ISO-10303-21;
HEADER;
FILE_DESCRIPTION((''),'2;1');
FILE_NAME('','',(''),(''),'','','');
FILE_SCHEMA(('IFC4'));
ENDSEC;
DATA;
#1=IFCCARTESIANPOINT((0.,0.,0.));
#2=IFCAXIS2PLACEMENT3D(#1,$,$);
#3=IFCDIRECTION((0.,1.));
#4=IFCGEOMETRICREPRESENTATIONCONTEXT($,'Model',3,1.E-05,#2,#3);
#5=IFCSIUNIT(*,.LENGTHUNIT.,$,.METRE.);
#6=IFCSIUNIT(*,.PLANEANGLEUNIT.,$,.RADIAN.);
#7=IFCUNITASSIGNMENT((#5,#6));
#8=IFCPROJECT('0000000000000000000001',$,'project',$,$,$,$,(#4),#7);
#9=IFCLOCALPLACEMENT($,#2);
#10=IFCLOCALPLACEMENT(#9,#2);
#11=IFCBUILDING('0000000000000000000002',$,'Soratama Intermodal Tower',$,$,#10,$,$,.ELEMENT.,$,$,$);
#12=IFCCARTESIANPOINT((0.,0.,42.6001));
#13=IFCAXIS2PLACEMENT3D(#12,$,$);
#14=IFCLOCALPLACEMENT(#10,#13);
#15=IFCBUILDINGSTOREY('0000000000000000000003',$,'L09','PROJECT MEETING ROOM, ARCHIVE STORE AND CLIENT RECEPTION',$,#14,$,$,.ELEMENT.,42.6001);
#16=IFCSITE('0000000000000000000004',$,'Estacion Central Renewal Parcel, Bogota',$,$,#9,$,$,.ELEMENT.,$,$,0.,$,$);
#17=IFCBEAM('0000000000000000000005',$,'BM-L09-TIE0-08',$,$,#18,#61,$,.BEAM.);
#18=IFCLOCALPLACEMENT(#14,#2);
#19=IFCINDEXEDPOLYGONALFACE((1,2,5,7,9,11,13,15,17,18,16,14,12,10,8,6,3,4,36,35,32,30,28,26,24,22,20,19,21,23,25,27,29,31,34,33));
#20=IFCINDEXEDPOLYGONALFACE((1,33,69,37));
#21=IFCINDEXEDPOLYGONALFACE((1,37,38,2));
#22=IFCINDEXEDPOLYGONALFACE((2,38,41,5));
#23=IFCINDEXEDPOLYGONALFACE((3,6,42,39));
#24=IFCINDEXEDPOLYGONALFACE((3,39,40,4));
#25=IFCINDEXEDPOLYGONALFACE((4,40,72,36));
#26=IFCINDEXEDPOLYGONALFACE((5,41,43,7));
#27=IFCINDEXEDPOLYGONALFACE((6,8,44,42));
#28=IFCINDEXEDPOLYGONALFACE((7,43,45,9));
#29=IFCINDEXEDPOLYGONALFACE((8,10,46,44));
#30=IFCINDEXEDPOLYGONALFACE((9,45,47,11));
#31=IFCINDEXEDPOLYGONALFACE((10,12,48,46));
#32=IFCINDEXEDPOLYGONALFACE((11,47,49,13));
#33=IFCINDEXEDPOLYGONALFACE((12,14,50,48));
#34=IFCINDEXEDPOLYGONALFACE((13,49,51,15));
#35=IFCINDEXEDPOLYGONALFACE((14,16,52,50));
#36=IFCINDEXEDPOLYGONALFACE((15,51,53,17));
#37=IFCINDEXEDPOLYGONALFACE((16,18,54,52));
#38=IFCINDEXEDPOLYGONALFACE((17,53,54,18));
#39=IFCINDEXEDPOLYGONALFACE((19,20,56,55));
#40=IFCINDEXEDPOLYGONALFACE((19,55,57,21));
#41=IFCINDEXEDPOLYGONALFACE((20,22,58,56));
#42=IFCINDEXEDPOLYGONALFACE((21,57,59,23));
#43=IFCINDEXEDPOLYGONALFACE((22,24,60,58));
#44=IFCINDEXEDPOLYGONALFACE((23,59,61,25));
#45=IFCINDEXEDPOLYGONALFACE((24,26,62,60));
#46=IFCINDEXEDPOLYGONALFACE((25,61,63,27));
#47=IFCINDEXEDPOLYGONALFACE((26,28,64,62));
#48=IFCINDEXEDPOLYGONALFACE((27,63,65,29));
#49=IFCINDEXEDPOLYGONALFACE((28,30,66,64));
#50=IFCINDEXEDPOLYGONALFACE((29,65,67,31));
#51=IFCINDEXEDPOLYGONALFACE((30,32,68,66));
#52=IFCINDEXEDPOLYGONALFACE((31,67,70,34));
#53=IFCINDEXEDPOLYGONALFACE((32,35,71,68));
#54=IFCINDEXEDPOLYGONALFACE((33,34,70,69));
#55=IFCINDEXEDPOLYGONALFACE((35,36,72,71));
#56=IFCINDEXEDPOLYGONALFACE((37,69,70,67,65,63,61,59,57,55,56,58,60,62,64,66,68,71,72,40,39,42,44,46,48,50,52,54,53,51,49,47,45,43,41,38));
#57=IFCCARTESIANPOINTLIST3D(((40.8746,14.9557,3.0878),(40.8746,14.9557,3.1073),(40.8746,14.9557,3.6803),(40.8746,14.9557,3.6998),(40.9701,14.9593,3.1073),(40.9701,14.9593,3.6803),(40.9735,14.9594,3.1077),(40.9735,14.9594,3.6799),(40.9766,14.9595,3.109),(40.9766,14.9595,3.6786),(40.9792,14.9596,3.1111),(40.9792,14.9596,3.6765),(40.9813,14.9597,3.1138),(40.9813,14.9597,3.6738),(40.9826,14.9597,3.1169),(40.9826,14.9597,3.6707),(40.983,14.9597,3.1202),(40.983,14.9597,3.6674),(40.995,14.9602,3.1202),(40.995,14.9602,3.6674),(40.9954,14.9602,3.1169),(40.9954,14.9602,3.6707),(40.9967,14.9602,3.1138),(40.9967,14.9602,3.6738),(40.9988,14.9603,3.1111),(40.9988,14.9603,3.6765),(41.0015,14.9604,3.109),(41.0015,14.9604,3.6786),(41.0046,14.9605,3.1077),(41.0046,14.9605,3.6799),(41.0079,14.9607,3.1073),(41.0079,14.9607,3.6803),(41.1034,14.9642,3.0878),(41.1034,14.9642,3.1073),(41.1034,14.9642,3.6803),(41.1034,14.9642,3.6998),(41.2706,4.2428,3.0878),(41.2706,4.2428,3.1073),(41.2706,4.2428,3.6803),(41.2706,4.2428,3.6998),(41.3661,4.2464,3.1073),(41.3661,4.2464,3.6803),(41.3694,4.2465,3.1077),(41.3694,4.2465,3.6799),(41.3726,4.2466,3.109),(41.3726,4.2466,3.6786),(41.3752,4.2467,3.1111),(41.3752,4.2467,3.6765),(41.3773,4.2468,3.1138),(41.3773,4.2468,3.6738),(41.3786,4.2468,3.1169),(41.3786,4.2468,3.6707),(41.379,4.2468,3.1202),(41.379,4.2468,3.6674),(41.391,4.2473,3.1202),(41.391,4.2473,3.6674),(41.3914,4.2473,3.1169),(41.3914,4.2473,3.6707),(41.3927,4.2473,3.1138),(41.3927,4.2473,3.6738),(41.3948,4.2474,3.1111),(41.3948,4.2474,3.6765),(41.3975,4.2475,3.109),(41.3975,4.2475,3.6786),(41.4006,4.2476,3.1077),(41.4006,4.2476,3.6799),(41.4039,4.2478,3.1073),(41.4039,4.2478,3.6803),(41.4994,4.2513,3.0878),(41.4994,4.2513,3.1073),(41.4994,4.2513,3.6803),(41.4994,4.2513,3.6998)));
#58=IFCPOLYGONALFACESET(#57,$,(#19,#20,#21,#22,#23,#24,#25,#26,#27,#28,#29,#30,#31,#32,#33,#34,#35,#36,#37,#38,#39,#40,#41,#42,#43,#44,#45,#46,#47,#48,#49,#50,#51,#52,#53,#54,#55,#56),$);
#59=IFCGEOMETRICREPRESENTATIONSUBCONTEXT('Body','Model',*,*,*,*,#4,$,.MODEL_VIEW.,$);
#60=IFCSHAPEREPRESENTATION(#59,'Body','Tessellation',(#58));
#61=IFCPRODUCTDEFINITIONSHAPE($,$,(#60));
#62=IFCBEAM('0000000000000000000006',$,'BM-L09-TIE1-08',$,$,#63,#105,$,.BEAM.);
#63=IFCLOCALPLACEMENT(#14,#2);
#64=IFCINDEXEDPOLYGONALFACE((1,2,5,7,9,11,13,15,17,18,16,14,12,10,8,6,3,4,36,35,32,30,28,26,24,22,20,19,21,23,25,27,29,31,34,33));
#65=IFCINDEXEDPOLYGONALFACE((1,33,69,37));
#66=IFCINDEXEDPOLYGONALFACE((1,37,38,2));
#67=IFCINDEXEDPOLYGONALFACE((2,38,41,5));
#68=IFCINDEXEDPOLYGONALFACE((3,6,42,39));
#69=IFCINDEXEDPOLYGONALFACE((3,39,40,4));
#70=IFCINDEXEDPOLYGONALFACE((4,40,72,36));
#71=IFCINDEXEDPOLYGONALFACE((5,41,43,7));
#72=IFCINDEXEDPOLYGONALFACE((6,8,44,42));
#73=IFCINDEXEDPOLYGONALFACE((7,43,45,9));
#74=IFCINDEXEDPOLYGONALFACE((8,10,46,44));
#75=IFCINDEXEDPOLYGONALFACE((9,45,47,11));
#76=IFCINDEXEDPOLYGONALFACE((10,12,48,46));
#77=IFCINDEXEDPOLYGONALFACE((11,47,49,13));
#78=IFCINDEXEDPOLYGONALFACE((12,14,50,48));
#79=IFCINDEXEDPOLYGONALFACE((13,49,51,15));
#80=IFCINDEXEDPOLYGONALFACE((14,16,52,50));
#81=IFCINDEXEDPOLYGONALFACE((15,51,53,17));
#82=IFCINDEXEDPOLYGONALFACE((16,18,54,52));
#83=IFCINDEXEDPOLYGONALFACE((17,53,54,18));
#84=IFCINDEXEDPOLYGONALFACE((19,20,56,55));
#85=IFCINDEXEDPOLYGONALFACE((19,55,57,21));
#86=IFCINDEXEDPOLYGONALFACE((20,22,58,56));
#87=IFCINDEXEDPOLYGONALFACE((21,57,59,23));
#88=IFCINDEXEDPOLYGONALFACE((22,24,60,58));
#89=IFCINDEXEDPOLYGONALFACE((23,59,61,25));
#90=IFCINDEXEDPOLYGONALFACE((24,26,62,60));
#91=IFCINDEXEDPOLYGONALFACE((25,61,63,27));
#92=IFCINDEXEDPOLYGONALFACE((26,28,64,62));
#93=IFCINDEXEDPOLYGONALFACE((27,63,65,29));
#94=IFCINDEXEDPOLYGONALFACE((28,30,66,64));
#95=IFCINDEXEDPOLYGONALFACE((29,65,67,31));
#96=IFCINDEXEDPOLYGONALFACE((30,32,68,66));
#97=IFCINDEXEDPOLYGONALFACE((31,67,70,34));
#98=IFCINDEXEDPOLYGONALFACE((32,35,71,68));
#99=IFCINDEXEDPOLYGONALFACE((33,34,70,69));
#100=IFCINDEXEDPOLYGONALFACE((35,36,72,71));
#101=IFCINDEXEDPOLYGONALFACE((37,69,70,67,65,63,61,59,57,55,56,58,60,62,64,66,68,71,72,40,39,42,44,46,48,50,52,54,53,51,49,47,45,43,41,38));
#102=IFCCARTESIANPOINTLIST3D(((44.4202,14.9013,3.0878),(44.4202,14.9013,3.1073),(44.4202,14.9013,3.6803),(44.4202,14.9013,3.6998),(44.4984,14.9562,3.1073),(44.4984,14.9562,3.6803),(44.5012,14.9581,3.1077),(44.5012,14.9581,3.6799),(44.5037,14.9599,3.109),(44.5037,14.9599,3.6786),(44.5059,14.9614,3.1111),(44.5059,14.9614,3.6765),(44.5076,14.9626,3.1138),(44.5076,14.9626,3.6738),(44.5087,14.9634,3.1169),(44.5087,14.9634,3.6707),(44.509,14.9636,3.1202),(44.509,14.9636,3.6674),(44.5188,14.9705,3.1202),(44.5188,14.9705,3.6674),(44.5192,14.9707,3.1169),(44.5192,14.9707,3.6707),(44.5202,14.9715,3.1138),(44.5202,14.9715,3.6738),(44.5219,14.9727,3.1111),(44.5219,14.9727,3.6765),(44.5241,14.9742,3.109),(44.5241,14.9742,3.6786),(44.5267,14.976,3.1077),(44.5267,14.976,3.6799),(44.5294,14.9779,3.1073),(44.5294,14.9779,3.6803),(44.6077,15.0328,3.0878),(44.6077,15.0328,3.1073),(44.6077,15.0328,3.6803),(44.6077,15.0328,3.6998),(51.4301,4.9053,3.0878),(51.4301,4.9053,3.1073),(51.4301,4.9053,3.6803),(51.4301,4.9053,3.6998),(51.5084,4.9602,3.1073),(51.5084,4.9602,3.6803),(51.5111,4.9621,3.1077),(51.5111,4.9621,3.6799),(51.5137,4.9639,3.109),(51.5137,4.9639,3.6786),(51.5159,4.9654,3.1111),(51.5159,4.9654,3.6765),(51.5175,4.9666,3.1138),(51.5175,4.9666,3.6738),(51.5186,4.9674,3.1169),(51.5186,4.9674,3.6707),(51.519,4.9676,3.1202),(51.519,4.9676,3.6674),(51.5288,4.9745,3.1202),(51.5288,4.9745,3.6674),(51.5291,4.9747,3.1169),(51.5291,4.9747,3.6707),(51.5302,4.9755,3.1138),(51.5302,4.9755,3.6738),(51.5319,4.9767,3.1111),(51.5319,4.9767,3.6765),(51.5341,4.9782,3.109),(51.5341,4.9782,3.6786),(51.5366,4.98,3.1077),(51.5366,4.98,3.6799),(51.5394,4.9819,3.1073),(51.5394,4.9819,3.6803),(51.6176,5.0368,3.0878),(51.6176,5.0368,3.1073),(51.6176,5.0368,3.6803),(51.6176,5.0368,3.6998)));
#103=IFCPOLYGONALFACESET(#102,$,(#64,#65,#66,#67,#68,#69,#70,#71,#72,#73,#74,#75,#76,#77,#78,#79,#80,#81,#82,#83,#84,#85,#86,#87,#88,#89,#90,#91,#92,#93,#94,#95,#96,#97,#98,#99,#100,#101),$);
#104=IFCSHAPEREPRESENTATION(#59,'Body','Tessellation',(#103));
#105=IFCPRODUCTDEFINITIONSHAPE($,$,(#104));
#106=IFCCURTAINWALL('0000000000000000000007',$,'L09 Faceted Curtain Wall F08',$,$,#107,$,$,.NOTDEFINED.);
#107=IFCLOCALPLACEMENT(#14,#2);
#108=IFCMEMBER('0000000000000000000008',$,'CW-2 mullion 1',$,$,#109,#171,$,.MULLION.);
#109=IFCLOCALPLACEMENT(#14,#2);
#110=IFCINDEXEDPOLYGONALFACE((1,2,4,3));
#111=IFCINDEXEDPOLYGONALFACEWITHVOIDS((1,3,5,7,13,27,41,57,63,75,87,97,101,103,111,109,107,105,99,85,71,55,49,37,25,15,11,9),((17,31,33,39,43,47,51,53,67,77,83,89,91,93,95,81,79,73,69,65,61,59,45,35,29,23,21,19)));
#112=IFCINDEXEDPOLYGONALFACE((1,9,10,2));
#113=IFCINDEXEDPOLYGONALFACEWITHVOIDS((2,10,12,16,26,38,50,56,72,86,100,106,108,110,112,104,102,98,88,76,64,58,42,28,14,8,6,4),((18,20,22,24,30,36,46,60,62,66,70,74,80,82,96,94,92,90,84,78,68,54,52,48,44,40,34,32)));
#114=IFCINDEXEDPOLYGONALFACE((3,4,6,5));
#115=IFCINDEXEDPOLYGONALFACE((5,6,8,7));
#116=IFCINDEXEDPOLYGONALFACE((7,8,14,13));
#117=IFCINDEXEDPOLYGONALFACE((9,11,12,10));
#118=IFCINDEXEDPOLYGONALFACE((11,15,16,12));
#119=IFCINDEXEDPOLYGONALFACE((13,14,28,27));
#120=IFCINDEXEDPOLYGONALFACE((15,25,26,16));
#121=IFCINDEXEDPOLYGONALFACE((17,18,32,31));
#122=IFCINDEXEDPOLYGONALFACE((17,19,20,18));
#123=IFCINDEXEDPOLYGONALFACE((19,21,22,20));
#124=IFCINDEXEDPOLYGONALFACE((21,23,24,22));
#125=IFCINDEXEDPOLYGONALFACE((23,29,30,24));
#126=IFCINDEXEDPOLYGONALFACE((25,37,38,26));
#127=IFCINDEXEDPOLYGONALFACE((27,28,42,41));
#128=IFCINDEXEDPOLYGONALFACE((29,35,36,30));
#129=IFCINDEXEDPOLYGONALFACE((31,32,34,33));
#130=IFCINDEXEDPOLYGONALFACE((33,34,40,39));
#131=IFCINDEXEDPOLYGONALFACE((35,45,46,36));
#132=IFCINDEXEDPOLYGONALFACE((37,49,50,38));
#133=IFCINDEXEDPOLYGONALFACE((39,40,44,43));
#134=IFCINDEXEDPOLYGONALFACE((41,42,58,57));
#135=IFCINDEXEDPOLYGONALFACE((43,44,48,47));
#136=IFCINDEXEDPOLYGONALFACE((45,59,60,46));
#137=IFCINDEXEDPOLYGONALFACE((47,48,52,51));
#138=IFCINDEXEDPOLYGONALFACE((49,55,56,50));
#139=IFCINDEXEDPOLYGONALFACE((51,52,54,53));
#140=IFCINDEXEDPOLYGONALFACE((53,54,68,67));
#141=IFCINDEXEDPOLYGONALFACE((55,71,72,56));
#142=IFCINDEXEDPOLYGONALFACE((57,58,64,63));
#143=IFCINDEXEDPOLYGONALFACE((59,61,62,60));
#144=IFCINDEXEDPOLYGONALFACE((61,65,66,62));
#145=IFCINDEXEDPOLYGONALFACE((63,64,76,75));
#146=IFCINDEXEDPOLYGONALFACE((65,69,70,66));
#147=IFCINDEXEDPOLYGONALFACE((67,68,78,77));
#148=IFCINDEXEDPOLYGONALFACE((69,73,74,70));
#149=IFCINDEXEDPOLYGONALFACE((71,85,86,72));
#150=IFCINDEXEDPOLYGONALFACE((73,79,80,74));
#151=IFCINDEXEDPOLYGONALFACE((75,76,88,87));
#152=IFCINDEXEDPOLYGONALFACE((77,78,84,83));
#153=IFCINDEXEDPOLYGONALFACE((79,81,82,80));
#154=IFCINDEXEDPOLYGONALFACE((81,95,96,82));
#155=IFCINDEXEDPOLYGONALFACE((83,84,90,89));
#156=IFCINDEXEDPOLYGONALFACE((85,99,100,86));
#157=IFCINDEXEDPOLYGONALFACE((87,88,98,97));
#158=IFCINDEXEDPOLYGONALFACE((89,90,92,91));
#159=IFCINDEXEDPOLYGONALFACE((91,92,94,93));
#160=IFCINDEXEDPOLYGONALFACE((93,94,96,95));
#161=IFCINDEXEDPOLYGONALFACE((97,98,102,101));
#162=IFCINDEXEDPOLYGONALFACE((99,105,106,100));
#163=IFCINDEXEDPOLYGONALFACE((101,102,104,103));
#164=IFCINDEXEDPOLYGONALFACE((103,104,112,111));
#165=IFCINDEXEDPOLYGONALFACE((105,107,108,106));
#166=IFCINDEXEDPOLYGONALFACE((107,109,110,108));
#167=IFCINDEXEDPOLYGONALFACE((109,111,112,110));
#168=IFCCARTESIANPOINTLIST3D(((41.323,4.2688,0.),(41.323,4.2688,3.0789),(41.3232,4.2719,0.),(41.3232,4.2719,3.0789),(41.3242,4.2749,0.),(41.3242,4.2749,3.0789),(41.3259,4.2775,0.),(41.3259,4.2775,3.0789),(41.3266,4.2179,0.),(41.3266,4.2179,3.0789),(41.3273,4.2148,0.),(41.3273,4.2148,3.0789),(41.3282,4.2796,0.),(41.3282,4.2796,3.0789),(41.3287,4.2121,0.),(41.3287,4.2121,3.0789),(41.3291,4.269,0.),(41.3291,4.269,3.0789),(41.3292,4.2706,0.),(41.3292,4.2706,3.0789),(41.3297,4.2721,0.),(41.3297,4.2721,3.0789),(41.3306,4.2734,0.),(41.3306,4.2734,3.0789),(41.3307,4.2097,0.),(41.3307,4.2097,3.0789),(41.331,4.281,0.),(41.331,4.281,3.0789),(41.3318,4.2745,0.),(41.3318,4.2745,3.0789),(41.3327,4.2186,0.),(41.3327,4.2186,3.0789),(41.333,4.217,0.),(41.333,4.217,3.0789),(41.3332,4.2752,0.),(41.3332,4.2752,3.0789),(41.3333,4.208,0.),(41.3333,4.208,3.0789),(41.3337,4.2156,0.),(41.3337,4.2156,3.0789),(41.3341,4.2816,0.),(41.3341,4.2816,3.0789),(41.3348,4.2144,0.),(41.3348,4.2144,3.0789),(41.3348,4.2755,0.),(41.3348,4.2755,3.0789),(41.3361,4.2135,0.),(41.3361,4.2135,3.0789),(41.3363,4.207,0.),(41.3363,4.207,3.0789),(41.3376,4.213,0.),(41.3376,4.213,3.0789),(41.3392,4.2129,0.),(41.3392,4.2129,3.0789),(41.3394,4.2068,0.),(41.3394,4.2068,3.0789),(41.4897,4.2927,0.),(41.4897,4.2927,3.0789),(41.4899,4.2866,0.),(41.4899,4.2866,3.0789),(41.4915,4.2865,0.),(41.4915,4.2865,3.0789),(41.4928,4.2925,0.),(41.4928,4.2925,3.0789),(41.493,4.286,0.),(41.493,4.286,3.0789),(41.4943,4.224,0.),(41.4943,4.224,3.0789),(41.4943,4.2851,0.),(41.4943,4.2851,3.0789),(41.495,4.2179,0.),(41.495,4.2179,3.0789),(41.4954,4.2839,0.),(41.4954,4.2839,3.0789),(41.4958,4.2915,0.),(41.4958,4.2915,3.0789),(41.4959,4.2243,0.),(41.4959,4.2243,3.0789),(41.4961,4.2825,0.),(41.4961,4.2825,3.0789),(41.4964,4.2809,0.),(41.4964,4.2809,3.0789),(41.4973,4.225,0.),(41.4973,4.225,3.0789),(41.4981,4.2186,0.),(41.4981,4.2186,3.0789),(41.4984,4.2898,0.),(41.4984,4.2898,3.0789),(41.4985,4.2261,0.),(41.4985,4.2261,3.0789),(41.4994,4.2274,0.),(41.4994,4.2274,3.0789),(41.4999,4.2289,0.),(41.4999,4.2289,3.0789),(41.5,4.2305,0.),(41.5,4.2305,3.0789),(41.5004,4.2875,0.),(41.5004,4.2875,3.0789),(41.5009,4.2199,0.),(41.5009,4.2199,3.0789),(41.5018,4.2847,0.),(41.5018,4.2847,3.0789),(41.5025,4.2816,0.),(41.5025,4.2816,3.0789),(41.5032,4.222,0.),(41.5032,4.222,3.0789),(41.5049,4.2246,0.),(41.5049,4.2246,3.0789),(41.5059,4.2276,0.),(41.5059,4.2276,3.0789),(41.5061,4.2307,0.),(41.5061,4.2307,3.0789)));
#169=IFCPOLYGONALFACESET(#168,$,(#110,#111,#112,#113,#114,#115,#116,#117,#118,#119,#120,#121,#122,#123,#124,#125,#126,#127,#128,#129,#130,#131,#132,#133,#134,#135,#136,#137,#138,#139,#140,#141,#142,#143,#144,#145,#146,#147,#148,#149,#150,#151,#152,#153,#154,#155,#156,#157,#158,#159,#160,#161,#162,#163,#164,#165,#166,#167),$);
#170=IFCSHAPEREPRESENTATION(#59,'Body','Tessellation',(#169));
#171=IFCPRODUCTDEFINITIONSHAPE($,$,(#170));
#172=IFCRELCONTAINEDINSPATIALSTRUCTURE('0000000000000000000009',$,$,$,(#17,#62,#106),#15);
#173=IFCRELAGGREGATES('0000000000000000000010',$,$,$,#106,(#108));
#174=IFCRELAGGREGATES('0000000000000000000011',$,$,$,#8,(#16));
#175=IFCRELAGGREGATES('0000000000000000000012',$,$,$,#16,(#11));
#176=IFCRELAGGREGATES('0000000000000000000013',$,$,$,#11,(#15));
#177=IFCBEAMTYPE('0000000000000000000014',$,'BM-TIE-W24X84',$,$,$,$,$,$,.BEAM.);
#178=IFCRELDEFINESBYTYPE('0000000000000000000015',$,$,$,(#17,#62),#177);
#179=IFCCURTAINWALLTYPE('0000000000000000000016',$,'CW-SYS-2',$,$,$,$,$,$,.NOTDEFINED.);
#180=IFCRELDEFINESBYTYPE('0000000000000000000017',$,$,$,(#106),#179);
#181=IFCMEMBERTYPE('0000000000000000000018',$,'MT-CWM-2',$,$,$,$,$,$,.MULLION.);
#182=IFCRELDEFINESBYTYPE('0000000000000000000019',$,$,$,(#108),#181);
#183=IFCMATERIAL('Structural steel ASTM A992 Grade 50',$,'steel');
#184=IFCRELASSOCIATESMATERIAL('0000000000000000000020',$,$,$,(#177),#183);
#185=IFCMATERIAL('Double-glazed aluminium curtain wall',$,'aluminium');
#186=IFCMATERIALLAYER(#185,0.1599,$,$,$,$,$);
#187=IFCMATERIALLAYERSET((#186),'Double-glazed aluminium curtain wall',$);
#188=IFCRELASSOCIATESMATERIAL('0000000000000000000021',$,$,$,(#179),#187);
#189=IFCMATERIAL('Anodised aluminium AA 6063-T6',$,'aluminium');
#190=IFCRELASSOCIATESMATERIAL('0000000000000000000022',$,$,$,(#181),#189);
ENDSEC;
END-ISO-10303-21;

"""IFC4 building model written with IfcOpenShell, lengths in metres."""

from ifc_helpers import new_model, si_unit, direction, frame, origin, origin_2d, place, context, subcontext, project, spatial, hollow_rectangle, i_section, extrude, material, layer, layer_set, material_profile, profile_set, type_object, element, aggregate, save


model = new_model("IFC4")

# Units and contexts
model_context = context("Model", 3, precision=1e-05, world=origin(), true_north=direction((0.0, 1.0)))
body_context = subcontext(model_context, "Body", "Model", "MODEL_VIEW")
ifc_project = project(units=[si_unit("LENGTHUNIT", "METRE"), si_unit("PLANEANGLEUNIT", "RADIAN")], contexts=[model_context])

# Site, building, storey
site_placement = place(None, origin())
site = spatial("IfcSite", under=ifc_project, at=site_placement, Name="Estacion Central Renewal Parcel, Bogota", CompositionType="ELEMENT", RefElevation=0.0)
building_placement = place(site_placement, origin())
building = spatial("IfcBuilding", under=site, at=building_placement, Name="Soratama Intermodal Tower", CompositionType="ELEMENT")
storey_placement = place(building_placement, frame((0.0, 0.0, 42.6001)))
storey = spatial("IfcBuildingStorey", under=building, at=storey_placement, Name="L09", Description="PROJECT MEETING ROOM, ARCHIVE STORE AND CLIENT RECEPTION", CompositionType="ELEMENT", Elevation=42.6001)

# Beams
ifc_material_1 = material(Name="Structural steel ASTM A992 Grade 50", Category="steel")
ifc_material_profile_1 = material_profile(ifc_material_1, i_section(OverallWidth=0.229, OverallDepth=0.6121, WebThickness=0.012, FlangeThickness=0.0195, FilletRadius=0.0129, at=origin_2d()), Name="W24X84")
ifc_profile_set_1 = profile_set([ifc_material_profile_1], Name="Structural steel ASTM A992 Grade 50")
beam_type_1 = type_object("IfcBeamType", Name="BM-TIE-W24X84", PredefinedType="BEAM", material=ifc_profile_set_1)
beam_1_placement = place(storey_placement, frame((40.989, 14.96, 3.3938), z_axis=(0.036939, -0.999318, 0.0), x_axis=(0.999318, 0.036939, 0.0)))
element("IfcBeam", 1, at=beam_1_placement, inside=storey, type_object=beam_type_1, Name="BM-L09-TIE0-08", PredefinedType="BEAM", context=body_context, shape_type="SweptSolid", body=[
    extrude(i_section(OverallWidth=0.229, OverallDepth=0.6121, WebThickness=0.012, FlangeThickness=0.0195, FilletRadius=0.0129, at=origin_2d()), origin(), (0.0, 0.0, 1.0), 10.7202),
])
beam_2_placement = place(storey_placement, frame((44.5139, 14.967, 3.3938), z_axis=(0.574163, -0.818741, 0.0), x_axis=(0.818741, 0.574163, 0.0)))
element("IfcBeam", 2, at=beam_2_placement, inside=storey, type_object=beam_type_1, Name="BM-L09-TIE1-08", PredefinedType="BEAM", context=body_context, shape_type="SweptSolid", body=[
    extrude(i_section(OverallWidth=0.229, OverallDepth=0.6121, WebThickness=0.012, FlangeThickness=0.0195, FilletRadius=0.0129, at=origin_2d()), origin(), (0.0, 0.0, 1.0), 12.209),
])

# Curtain wall, member
ifc_material_2 = material(Name="Double-glazed aluminium curtain wall", Category="aluminium")
ifc_layer_1 = layer(ifc_material_2, 0.1599)
ifc_layer_set_1 = layer_set([ifc_layer_1], Name="Double-glazed aluminium curtain wall")
curtain_wall_type = type_object("IfcCurtainWallType", Name="CW-SYS-2", PredefinedType="NOTDEFINED", material=ifc_layer_set_1)
curtain_wall_placement = place(storey_placement, origin())
curtain_wall = element("IfcCurtainWall", 3, at=curtain_wall_placement, inside=storey, type_object=curtain_wall_type, Name="L09 Faceted Curtain Wall F08", PredefinedType="NOTDEFINED")
ifc_material_3 = material(Name="Anodised aluminium AA 6063-T6", Category="aluminium")
ifc_material_profile_2 = material_profile(ifc_material_3, hollow_rectangle(XDim=0.075, YDim=0.1799, WallThickness=0.0061, InnerFilletRadius=0.0061, OuterFilletRadius=0.012, at=origin_2d()), Name="CWM180X75X6")
ifc_profile_set_2 = profile_set([ifc_material_profile_2], Name="Anodised aluminium AA 6063-T6")
member_type_1 = type_object("IfcMemberType", Name="MT-CWM-2", PredefinedType="MULLION", material=ifc_profile_set_2)
member_1_placement = place(storey_placement, frame((41.4146, 4.2498, 0.0), z_axis=(0.0, 0.0, 1.0), x_axis=(-0.071154, 0.997465, 0.0)))
member_1 = element("IfcMember", 4, at=member_1_placement, type_object=member_type_1, Name="CW-2 mullion 1", PredefinedType="MULLION", context=body_context, shape_type="SweptSolid", body=[
    extrude(hollow_rectangle(XDim=0.075, YDim=0.1799, WallThickness=0.0061, InnerFilletRadius=0.0061, OuterFilletRadius=0.012, at=origin_2d()), origin(), (0.0, 0.0, 1.0), 3.0789),
])
aggregate(curtain_wall, [member_1])

save(model, "model.ifc")
